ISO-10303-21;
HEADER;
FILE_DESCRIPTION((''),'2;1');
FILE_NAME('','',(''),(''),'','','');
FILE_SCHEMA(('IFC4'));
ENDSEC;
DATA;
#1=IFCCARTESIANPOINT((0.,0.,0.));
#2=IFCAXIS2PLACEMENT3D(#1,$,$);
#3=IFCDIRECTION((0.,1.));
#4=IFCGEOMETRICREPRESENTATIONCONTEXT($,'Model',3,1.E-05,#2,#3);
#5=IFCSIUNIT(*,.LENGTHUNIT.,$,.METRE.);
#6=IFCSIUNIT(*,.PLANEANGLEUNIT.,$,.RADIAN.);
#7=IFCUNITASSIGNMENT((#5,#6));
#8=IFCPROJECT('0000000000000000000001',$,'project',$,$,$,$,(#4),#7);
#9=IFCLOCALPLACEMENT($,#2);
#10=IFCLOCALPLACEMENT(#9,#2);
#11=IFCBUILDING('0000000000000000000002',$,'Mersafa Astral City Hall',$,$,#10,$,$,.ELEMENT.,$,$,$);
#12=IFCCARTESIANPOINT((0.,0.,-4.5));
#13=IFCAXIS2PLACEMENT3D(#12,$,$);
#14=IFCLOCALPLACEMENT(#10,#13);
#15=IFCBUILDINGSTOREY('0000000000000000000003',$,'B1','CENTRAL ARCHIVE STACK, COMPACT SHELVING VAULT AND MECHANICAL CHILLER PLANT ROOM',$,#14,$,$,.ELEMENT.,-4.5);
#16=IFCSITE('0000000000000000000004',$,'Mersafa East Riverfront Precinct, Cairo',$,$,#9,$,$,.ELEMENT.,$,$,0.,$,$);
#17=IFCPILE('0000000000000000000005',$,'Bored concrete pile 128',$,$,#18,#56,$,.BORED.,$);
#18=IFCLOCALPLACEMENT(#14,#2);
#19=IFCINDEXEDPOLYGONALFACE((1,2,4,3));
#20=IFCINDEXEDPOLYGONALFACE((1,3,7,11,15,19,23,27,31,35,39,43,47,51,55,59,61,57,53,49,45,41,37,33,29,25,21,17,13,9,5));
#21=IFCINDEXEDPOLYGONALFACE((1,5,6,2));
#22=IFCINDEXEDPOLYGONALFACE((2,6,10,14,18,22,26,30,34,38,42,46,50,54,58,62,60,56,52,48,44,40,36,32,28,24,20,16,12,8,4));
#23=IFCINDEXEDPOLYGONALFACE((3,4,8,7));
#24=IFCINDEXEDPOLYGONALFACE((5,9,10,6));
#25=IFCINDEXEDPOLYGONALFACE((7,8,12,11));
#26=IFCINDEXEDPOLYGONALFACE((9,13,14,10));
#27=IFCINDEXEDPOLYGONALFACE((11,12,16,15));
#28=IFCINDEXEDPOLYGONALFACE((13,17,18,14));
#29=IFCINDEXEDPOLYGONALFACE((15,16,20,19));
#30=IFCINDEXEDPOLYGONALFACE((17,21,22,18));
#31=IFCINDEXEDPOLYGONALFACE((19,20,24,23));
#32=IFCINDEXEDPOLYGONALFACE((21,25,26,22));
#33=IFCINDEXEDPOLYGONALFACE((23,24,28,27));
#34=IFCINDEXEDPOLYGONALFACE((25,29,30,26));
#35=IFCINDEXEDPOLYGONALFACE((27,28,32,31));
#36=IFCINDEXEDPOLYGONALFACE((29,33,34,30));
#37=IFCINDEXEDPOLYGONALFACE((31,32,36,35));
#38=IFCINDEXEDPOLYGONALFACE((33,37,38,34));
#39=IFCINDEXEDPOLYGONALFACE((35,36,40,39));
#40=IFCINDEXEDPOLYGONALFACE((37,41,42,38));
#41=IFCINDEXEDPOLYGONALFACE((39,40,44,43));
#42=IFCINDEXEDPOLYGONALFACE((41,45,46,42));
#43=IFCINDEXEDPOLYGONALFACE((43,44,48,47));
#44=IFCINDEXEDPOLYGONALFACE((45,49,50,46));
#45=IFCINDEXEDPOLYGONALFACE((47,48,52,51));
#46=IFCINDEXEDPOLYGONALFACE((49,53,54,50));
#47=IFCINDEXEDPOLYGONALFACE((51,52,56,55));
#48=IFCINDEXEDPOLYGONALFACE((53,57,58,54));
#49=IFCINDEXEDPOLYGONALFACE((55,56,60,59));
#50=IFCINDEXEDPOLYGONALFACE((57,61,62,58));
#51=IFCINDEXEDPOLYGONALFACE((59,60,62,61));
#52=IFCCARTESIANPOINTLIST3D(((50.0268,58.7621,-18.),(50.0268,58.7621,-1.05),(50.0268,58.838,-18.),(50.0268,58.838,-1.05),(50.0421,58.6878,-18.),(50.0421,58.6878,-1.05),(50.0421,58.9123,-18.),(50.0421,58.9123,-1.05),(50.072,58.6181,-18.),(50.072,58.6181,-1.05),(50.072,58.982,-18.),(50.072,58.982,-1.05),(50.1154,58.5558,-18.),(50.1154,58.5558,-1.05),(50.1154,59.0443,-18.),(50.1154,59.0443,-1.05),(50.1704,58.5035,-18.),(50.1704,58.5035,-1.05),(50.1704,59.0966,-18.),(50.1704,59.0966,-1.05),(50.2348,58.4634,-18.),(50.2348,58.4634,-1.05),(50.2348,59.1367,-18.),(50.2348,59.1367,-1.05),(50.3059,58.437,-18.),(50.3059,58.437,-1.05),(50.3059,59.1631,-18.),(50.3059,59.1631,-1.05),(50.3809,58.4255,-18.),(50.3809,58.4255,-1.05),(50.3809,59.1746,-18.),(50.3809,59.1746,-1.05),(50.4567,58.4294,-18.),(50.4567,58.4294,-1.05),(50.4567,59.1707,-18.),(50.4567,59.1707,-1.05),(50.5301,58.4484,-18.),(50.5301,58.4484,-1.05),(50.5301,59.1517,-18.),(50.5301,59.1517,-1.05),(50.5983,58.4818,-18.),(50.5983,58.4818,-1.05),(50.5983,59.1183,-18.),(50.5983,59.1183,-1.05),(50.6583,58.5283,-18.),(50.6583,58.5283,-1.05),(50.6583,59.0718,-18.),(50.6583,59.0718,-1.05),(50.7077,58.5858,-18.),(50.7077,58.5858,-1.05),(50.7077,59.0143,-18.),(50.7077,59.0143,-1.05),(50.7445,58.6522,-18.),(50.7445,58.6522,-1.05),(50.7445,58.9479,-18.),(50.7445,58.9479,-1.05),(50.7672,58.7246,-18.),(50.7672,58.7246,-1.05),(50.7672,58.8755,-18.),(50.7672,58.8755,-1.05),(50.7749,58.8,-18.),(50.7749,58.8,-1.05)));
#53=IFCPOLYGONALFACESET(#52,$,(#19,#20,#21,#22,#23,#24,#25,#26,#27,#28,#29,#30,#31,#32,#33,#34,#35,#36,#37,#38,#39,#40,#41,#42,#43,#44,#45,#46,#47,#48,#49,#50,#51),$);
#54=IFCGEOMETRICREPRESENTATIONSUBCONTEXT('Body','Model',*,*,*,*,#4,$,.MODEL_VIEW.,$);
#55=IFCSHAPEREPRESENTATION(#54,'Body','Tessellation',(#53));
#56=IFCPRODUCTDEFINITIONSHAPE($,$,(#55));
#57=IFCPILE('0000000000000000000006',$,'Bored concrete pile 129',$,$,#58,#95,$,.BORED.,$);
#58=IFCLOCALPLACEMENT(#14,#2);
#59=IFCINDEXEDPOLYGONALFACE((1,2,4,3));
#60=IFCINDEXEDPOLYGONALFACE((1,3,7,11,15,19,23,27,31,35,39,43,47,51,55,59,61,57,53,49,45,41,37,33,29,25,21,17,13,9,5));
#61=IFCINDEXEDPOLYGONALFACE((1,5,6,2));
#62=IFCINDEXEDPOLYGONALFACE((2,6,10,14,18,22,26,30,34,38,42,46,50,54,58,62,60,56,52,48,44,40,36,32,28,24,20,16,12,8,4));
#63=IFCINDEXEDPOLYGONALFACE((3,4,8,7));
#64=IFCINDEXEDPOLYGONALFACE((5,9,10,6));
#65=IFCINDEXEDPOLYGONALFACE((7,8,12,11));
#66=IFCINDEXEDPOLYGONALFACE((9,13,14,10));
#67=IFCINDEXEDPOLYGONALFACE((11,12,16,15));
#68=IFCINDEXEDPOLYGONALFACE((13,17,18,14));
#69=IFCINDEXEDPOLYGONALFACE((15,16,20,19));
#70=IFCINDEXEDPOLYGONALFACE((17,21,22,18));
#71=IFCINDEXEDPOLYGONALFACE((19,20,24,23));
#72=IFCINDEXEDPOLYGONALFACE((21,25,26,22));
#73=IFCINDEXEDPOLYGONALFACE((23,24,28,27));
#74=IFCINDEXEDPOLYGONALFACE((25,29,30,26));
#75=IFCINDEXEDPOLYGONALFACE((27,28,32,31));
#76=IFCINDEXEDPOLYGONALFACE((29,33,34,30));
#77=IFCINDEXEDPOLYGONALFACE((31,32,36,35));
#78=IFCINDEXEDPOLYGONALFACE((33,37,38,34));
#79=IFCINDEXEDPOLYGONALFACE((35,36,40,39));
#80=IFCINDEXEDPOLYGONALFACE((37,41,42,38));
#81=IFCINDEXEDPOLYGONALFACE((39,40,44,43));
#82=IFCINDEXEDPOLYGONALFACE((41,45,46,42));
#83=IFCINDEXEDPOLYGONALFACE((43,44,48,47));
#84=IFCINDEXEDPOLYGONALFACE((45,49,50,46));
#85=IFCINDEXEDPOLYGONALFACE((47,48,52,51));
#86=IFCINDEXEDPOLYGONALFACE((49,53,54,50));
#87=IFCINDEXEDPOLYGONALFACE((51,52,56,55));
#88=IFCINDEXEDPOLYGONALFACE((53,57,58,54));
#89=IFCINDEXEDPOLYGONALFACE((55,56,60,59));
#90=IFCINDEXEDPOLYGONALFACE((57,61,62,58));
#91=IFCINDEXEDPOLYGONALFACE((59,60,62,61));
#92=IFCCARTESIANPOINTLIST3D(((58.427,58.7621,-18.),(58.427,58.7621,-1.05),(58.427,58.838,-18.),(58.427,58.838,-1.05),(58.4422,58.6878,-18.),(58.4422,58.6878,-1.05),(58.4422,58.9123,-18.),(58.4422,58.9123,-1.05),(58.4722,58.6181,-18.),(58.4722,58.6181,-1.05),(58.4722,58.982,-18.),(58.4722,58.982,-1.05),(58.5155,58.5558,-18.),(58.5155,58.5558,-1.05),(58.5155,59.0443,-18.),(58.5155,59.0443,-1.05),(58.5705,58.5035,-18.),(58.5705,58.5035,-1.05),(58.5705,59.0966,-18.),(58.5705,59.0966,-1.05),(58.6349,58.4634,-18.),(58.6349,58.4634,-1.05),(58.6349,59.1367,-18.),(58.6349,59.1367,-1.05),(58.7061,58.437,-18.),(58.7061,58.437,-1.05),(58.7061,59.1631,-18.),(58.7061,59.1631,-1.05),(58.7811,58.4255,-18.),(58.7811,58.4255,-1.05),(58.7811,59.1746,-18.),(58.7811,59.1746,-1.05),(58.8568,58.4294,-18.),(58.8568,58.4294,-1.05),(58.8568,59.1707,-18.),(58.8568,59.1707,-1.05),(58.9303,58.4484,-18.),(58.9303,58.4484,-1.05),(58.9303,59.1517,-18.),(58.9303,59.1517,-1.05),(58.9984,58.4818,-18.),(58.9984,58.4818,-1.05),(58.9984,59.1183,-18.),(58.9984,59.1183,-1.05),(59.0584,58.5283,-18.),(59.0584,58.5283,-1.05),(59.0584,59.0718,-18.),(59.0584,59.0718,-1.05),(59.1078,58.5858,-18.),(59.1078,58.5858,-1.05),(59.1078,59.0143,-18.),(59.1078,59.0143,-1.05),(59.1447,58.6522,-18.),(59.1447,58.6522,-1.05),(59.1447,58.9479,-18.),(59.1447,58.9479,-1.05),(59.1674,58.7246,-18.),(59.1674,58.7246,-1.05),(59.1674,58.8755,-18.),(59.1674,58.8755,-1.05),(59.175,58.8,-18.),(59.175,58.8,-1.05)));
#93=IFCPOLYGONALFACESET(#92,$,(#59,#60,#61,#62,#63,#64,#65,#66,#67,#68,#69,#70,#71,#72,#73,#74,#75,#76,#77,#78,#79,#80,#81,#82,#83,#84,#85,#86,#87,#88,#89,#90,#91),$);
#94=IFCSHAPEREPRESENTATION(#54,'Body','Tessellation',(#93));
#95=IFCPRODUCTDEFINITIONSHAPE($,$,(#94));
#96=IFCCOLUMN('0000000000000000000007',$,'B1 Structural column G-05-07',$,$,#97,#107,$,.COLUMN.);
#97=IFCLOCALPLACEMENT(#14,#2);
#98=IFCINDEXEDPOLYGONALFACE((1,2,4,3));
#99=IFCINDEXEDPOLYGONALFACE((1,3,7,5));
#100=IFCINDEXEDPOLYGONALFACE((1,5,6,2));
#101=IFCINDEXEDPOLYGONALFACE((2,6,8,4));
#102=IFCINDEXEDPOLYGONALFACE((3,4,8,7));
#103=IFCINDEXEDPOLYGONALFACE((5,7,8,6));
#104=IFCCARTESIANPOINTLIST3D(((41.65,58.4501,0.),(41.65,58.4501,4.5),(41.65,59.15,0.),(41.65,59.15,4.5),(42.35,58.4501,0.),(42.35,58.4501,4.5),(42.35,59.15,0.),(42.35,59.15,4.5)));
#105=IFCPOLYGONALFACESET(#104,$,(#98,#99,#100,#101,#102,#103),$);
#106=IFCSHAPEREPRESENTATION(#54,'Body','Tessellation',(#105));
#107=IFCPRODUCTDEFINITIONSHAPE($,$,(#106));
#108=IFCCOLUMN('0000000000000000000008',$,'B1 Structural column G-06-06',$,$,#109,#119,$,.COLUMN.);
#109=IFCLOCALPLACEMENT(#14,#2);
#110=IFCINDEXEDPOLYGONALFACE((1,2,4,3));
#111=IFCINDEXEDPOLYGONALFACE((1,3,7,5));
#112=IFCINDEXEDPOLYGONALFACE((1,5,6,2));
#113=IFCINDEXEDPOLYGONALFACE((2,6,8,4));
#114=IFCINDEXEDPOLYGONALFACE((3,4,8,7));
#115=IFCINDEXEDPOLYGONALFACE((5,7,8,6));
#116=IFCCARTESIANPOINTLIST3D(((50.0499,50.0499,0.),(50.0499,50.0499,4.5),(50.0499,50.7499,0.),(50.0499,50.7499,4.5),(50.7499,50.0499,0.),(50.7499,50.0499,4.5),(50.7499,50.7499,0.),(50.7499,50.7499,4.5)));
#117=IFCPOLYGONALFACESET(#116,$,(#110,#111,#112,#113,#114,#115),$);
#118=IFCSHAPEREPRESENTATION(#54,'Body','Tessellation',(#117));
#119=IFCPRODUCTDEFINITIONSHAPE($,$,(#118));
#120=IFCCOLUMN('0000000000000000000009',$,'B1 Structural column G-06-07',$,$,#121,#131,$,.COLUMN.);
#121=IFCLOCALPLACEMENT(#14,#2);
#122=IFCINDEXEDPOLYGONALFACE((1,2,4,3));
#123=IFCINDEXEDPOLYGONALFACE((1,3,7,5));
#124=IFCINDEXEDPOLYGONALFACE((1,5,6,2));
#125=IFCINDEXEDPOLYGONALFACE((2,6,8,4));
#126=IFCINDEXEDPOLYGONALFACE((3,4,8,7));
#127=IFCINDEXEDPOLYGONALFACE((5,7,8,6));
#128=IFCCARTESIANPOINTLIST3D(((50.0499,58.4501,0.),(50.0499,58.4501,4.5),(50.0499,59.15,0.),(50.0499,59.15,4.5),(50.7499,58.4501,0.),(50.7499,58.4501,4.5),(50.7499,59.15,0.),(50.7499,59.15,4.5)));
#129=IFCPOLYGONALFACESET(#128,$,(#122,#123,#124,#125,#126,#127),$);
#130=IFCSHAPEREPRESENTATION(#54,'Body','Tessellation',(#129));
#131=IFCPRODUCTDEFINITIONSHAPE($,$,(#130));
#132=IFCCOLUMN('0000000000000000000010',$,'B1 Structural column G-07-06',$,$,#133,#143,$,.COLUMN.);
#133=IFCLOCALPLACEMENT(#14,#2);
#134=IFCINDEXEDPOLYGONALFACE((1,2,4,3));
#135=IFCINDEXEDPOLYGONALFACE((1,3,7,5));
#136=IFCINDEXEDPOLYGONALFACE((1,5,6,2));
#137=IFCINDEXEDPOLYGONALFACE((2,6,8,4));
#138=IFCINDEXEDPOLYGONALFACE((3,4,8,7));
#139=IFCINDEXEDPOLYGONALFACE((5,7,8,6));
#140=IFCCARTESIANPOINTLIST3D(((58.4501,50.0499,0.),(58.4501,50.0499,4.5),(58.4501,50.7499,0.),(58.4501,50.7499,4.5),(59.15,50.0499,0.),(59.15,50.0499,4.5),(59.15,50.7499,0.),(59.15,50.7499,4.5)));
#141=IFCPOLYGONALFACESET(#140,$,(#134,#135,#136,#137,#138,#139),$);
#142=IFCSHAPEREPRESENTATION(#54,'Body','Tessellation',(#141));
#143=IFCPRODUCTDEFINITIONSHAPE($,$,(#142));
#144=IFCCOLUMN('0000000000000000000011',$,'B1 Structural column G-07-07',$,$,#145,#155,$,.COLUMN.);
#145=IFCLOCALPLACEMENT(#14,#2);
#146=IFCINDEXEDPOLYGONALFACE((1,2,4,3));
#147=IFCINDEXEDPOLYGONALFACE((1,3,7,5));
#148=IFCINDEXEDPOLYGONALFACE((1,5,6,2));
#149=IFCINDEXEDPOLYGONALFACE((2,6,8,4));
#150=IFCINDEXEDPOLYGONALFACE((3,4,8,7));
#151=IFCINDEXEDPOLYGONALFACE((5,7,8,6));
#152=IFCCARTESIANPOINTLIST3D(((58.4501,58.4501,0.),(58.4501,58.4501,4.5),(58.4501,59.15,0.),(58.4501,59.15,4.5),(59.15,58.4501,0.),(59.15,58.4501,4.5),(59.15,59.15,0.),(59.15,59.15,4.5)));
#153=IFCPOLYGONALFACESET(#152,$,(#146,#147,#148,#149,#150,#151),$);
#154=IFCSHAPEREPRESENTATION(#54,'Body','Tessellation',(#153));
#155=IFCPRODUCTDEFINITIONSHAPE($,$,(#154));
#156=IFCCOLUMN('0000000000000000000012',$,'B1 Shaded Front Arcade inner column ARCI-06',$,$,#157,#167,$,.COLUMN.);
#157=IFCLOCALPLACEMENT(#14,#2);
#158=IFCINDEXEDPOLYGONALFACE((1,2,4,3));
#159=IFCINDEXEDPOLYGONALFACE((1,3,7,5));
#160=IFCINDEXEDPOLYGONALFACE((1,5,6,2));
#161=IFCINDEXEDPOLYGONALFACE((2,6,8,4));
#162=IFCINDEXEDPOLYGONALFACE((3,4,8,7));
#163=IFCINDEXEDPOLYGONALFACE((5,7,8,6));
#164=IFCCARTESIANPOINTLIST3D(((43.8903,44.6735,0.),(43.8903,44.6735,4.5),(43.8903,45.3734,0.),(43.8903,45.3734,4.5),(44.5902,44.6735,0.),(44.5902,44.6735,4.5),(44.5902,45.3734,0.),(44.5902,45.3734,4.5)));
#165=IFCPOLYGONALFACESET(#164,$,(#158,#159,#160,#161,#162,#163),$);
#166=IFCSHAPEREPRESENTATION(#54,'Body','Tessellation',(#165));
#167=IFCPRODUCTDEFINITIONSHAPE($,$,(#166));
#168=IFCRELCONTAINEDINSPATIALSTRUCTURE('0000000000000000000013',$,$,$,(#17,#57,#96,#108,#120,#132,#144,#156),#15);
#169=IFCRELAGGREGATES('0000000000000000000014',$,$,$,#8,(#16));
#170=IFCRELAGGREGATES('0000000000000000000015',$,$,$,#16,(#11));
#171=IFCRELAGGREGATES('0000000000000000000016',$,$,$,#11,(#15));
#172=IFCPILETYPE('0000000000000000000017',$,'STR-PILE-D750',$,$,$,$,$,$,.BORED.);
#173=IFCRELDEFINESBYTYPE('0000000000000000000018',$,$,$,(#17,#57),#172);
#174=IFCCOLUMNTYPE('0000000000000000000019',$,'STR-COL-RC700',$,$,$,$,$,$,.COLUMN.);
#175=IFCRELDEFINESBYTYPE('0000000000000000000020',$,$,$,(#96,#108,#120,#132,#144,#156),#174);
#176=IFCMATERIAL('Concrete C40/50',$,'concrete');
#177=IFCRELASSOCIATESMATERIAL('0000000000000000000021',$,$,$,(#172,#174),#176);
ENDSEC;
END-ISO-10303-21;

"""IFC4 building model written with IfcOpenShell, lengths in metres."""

from ifc_helpers import new_model, si_unit, direction, frame, origin, origin_2d, place, context, subcontext, project, spatial, rectangle, circle, extrude, material, material_profile, profile_set, type_object, element, save


model = new_model("IFC4")

# Units and contexts
model_context = context("Model", 3, precision=1e-05, world=origin(), true_north=direction((0.0, 1.0)))
body_context = subcontext(model_context, "Body", "Model", "MODEL_VIEW")
ifc_project = project(units=[si_unit("LENGTHUNIT", "METRE"), si_unit("PLANEANGLEUNIT", "RADIAN")], contexts=[model_context])

# Site, building, storey
site_placement = place(None, origin())
site = spatial("IfcSite", under=ifc_project, at=site_placement, Name="Mersafa East Riverfront Precinct, Cairo", CompositionType="ELEMENT", RefElevation=0.0)
building_placement = place(site_placement, origin())
building = spatial("IfcBuilding", under=site, at=building_placement, Name="Mersafa Astral City Hall", CompositionType="ELEMENT")
storey_placement = place(building_placement, frame((0.0, 0.0, -4.5)))
storey = spatial("IfcBuildingStorey", under=building, at=storey_placement, Name="B1", Description="CENTRAL ARCHIVE STACK, COMPACT SHELVING VAULT AND MECHANICAL CHILLER PLANT ROOM", CompositionType="ELEMENT", Elevation=-4.5)

# Shared definitions
ifc_material = material(Name="Concrete C40/50", Category="concrete")

# Piles
ifc_material_profile_1 = material_profile(ifc_material, circle(Radius=0.375, at=origin_2d()), Name="PILE D750")
ifc_profile_set_1 = profile_set([ifc_material_profile_1], Name="Concrete C40/50")
pile_type_1 = type_object("IfcPileType", Name="STR-PILE-D750", PredefinedType="BORED", material=ifc_profile_set_1)
for number, where, z_axis, x_axis, name in (
    (1, (50.3999, 58.8, -1.05), (0.0, 0.0, -1.0), (1.0, 0.0, 0.0), "Bored concrete pile 128"),
    (2, (58.8, 58.8, -1.05), (0.0, 0.0, -1.0), (1.0, 0.0, 0.0), "Bored concrete pile 129"),
):
    element("IfcPile", number, at=place(storey_placement, frame(where, z_axis=z_axis, x_axis=x_axis)), inside=storey, type_object=pile_type_1, Name=name, PredefinedType="BORED", context=body_context, shape_type="SweptSolid", body=[
        extrude(circle(Radius=0.375, at=origin_2d()), origin(), (0.0, 0.0, 1.0), 16.95),
    ])

# Columns
ifc_material_profile_2 = material_profile(ifc_material, rectangle(XDim=0.7, YDim=0.7, at=origin_2d()), Name="RC 700x700")
ifc_profile_set_2 = profile_set([ifc_material_profile_2], Name="Concrete C40/50")
column_type = type_object("IfcColumnType", Name="STR-COL-RC700", PredefinedType="COLUMN", material=ifc_profile_set_2)
for number, where, z_axis, x_axis, name in (
    (3, (42.0, 58.8, 0.0), (0.0, 0.0, 1.0), (1.0, 0.0, 0.0), "B1 Structural column G-05-07"),
    (4, (50.3999, 50.3999, 0.0), (0.0, 0.0, 1.0), (1.0, 0.0, 0.0), "B1 Structural column G-06-06"),
    (5, (50.3999, 58.8, 0.0), (0.0, 0.0, 1.0), (1.0, 0.0, 0.0), "B1 Structural column G-06-07"),
    (6, (58.8, 50.3999, 0.0), (0.0, 0.0, 1.0), (1.0, 0.0, 0.0), "B1 Structural column G-07-06"),
    (7, (58.8, 58.8, 0.0), (0.0, 0.0, 1.0), (1.0, 0.0, 0.0), "B1 Structural column G-07-07"),
    (8, (44.2402, 45.0234, 0.0), (0.0, 0.0, 1.0), (1.0, 0.0, 0.0), "B1 Shaded Front Arcade inner column ARCI-06"),
):
    element("IfcColumn", number, at=place(storey_placement, frame(where, z_axis=z_axis, x_axis=x_axis)), inside=storey, type_object=column_type, Name=name, PredefinedType="COLUMN", context=body_context, shape_type="SweptSolid", body=[
        extrude(rectangle(XDim=0.7, YDim=0.7, at=origin_2d()), origin(), (0.0, 0.0, 1.0), 4.5),
    ])

save(model, "model.ifc")
